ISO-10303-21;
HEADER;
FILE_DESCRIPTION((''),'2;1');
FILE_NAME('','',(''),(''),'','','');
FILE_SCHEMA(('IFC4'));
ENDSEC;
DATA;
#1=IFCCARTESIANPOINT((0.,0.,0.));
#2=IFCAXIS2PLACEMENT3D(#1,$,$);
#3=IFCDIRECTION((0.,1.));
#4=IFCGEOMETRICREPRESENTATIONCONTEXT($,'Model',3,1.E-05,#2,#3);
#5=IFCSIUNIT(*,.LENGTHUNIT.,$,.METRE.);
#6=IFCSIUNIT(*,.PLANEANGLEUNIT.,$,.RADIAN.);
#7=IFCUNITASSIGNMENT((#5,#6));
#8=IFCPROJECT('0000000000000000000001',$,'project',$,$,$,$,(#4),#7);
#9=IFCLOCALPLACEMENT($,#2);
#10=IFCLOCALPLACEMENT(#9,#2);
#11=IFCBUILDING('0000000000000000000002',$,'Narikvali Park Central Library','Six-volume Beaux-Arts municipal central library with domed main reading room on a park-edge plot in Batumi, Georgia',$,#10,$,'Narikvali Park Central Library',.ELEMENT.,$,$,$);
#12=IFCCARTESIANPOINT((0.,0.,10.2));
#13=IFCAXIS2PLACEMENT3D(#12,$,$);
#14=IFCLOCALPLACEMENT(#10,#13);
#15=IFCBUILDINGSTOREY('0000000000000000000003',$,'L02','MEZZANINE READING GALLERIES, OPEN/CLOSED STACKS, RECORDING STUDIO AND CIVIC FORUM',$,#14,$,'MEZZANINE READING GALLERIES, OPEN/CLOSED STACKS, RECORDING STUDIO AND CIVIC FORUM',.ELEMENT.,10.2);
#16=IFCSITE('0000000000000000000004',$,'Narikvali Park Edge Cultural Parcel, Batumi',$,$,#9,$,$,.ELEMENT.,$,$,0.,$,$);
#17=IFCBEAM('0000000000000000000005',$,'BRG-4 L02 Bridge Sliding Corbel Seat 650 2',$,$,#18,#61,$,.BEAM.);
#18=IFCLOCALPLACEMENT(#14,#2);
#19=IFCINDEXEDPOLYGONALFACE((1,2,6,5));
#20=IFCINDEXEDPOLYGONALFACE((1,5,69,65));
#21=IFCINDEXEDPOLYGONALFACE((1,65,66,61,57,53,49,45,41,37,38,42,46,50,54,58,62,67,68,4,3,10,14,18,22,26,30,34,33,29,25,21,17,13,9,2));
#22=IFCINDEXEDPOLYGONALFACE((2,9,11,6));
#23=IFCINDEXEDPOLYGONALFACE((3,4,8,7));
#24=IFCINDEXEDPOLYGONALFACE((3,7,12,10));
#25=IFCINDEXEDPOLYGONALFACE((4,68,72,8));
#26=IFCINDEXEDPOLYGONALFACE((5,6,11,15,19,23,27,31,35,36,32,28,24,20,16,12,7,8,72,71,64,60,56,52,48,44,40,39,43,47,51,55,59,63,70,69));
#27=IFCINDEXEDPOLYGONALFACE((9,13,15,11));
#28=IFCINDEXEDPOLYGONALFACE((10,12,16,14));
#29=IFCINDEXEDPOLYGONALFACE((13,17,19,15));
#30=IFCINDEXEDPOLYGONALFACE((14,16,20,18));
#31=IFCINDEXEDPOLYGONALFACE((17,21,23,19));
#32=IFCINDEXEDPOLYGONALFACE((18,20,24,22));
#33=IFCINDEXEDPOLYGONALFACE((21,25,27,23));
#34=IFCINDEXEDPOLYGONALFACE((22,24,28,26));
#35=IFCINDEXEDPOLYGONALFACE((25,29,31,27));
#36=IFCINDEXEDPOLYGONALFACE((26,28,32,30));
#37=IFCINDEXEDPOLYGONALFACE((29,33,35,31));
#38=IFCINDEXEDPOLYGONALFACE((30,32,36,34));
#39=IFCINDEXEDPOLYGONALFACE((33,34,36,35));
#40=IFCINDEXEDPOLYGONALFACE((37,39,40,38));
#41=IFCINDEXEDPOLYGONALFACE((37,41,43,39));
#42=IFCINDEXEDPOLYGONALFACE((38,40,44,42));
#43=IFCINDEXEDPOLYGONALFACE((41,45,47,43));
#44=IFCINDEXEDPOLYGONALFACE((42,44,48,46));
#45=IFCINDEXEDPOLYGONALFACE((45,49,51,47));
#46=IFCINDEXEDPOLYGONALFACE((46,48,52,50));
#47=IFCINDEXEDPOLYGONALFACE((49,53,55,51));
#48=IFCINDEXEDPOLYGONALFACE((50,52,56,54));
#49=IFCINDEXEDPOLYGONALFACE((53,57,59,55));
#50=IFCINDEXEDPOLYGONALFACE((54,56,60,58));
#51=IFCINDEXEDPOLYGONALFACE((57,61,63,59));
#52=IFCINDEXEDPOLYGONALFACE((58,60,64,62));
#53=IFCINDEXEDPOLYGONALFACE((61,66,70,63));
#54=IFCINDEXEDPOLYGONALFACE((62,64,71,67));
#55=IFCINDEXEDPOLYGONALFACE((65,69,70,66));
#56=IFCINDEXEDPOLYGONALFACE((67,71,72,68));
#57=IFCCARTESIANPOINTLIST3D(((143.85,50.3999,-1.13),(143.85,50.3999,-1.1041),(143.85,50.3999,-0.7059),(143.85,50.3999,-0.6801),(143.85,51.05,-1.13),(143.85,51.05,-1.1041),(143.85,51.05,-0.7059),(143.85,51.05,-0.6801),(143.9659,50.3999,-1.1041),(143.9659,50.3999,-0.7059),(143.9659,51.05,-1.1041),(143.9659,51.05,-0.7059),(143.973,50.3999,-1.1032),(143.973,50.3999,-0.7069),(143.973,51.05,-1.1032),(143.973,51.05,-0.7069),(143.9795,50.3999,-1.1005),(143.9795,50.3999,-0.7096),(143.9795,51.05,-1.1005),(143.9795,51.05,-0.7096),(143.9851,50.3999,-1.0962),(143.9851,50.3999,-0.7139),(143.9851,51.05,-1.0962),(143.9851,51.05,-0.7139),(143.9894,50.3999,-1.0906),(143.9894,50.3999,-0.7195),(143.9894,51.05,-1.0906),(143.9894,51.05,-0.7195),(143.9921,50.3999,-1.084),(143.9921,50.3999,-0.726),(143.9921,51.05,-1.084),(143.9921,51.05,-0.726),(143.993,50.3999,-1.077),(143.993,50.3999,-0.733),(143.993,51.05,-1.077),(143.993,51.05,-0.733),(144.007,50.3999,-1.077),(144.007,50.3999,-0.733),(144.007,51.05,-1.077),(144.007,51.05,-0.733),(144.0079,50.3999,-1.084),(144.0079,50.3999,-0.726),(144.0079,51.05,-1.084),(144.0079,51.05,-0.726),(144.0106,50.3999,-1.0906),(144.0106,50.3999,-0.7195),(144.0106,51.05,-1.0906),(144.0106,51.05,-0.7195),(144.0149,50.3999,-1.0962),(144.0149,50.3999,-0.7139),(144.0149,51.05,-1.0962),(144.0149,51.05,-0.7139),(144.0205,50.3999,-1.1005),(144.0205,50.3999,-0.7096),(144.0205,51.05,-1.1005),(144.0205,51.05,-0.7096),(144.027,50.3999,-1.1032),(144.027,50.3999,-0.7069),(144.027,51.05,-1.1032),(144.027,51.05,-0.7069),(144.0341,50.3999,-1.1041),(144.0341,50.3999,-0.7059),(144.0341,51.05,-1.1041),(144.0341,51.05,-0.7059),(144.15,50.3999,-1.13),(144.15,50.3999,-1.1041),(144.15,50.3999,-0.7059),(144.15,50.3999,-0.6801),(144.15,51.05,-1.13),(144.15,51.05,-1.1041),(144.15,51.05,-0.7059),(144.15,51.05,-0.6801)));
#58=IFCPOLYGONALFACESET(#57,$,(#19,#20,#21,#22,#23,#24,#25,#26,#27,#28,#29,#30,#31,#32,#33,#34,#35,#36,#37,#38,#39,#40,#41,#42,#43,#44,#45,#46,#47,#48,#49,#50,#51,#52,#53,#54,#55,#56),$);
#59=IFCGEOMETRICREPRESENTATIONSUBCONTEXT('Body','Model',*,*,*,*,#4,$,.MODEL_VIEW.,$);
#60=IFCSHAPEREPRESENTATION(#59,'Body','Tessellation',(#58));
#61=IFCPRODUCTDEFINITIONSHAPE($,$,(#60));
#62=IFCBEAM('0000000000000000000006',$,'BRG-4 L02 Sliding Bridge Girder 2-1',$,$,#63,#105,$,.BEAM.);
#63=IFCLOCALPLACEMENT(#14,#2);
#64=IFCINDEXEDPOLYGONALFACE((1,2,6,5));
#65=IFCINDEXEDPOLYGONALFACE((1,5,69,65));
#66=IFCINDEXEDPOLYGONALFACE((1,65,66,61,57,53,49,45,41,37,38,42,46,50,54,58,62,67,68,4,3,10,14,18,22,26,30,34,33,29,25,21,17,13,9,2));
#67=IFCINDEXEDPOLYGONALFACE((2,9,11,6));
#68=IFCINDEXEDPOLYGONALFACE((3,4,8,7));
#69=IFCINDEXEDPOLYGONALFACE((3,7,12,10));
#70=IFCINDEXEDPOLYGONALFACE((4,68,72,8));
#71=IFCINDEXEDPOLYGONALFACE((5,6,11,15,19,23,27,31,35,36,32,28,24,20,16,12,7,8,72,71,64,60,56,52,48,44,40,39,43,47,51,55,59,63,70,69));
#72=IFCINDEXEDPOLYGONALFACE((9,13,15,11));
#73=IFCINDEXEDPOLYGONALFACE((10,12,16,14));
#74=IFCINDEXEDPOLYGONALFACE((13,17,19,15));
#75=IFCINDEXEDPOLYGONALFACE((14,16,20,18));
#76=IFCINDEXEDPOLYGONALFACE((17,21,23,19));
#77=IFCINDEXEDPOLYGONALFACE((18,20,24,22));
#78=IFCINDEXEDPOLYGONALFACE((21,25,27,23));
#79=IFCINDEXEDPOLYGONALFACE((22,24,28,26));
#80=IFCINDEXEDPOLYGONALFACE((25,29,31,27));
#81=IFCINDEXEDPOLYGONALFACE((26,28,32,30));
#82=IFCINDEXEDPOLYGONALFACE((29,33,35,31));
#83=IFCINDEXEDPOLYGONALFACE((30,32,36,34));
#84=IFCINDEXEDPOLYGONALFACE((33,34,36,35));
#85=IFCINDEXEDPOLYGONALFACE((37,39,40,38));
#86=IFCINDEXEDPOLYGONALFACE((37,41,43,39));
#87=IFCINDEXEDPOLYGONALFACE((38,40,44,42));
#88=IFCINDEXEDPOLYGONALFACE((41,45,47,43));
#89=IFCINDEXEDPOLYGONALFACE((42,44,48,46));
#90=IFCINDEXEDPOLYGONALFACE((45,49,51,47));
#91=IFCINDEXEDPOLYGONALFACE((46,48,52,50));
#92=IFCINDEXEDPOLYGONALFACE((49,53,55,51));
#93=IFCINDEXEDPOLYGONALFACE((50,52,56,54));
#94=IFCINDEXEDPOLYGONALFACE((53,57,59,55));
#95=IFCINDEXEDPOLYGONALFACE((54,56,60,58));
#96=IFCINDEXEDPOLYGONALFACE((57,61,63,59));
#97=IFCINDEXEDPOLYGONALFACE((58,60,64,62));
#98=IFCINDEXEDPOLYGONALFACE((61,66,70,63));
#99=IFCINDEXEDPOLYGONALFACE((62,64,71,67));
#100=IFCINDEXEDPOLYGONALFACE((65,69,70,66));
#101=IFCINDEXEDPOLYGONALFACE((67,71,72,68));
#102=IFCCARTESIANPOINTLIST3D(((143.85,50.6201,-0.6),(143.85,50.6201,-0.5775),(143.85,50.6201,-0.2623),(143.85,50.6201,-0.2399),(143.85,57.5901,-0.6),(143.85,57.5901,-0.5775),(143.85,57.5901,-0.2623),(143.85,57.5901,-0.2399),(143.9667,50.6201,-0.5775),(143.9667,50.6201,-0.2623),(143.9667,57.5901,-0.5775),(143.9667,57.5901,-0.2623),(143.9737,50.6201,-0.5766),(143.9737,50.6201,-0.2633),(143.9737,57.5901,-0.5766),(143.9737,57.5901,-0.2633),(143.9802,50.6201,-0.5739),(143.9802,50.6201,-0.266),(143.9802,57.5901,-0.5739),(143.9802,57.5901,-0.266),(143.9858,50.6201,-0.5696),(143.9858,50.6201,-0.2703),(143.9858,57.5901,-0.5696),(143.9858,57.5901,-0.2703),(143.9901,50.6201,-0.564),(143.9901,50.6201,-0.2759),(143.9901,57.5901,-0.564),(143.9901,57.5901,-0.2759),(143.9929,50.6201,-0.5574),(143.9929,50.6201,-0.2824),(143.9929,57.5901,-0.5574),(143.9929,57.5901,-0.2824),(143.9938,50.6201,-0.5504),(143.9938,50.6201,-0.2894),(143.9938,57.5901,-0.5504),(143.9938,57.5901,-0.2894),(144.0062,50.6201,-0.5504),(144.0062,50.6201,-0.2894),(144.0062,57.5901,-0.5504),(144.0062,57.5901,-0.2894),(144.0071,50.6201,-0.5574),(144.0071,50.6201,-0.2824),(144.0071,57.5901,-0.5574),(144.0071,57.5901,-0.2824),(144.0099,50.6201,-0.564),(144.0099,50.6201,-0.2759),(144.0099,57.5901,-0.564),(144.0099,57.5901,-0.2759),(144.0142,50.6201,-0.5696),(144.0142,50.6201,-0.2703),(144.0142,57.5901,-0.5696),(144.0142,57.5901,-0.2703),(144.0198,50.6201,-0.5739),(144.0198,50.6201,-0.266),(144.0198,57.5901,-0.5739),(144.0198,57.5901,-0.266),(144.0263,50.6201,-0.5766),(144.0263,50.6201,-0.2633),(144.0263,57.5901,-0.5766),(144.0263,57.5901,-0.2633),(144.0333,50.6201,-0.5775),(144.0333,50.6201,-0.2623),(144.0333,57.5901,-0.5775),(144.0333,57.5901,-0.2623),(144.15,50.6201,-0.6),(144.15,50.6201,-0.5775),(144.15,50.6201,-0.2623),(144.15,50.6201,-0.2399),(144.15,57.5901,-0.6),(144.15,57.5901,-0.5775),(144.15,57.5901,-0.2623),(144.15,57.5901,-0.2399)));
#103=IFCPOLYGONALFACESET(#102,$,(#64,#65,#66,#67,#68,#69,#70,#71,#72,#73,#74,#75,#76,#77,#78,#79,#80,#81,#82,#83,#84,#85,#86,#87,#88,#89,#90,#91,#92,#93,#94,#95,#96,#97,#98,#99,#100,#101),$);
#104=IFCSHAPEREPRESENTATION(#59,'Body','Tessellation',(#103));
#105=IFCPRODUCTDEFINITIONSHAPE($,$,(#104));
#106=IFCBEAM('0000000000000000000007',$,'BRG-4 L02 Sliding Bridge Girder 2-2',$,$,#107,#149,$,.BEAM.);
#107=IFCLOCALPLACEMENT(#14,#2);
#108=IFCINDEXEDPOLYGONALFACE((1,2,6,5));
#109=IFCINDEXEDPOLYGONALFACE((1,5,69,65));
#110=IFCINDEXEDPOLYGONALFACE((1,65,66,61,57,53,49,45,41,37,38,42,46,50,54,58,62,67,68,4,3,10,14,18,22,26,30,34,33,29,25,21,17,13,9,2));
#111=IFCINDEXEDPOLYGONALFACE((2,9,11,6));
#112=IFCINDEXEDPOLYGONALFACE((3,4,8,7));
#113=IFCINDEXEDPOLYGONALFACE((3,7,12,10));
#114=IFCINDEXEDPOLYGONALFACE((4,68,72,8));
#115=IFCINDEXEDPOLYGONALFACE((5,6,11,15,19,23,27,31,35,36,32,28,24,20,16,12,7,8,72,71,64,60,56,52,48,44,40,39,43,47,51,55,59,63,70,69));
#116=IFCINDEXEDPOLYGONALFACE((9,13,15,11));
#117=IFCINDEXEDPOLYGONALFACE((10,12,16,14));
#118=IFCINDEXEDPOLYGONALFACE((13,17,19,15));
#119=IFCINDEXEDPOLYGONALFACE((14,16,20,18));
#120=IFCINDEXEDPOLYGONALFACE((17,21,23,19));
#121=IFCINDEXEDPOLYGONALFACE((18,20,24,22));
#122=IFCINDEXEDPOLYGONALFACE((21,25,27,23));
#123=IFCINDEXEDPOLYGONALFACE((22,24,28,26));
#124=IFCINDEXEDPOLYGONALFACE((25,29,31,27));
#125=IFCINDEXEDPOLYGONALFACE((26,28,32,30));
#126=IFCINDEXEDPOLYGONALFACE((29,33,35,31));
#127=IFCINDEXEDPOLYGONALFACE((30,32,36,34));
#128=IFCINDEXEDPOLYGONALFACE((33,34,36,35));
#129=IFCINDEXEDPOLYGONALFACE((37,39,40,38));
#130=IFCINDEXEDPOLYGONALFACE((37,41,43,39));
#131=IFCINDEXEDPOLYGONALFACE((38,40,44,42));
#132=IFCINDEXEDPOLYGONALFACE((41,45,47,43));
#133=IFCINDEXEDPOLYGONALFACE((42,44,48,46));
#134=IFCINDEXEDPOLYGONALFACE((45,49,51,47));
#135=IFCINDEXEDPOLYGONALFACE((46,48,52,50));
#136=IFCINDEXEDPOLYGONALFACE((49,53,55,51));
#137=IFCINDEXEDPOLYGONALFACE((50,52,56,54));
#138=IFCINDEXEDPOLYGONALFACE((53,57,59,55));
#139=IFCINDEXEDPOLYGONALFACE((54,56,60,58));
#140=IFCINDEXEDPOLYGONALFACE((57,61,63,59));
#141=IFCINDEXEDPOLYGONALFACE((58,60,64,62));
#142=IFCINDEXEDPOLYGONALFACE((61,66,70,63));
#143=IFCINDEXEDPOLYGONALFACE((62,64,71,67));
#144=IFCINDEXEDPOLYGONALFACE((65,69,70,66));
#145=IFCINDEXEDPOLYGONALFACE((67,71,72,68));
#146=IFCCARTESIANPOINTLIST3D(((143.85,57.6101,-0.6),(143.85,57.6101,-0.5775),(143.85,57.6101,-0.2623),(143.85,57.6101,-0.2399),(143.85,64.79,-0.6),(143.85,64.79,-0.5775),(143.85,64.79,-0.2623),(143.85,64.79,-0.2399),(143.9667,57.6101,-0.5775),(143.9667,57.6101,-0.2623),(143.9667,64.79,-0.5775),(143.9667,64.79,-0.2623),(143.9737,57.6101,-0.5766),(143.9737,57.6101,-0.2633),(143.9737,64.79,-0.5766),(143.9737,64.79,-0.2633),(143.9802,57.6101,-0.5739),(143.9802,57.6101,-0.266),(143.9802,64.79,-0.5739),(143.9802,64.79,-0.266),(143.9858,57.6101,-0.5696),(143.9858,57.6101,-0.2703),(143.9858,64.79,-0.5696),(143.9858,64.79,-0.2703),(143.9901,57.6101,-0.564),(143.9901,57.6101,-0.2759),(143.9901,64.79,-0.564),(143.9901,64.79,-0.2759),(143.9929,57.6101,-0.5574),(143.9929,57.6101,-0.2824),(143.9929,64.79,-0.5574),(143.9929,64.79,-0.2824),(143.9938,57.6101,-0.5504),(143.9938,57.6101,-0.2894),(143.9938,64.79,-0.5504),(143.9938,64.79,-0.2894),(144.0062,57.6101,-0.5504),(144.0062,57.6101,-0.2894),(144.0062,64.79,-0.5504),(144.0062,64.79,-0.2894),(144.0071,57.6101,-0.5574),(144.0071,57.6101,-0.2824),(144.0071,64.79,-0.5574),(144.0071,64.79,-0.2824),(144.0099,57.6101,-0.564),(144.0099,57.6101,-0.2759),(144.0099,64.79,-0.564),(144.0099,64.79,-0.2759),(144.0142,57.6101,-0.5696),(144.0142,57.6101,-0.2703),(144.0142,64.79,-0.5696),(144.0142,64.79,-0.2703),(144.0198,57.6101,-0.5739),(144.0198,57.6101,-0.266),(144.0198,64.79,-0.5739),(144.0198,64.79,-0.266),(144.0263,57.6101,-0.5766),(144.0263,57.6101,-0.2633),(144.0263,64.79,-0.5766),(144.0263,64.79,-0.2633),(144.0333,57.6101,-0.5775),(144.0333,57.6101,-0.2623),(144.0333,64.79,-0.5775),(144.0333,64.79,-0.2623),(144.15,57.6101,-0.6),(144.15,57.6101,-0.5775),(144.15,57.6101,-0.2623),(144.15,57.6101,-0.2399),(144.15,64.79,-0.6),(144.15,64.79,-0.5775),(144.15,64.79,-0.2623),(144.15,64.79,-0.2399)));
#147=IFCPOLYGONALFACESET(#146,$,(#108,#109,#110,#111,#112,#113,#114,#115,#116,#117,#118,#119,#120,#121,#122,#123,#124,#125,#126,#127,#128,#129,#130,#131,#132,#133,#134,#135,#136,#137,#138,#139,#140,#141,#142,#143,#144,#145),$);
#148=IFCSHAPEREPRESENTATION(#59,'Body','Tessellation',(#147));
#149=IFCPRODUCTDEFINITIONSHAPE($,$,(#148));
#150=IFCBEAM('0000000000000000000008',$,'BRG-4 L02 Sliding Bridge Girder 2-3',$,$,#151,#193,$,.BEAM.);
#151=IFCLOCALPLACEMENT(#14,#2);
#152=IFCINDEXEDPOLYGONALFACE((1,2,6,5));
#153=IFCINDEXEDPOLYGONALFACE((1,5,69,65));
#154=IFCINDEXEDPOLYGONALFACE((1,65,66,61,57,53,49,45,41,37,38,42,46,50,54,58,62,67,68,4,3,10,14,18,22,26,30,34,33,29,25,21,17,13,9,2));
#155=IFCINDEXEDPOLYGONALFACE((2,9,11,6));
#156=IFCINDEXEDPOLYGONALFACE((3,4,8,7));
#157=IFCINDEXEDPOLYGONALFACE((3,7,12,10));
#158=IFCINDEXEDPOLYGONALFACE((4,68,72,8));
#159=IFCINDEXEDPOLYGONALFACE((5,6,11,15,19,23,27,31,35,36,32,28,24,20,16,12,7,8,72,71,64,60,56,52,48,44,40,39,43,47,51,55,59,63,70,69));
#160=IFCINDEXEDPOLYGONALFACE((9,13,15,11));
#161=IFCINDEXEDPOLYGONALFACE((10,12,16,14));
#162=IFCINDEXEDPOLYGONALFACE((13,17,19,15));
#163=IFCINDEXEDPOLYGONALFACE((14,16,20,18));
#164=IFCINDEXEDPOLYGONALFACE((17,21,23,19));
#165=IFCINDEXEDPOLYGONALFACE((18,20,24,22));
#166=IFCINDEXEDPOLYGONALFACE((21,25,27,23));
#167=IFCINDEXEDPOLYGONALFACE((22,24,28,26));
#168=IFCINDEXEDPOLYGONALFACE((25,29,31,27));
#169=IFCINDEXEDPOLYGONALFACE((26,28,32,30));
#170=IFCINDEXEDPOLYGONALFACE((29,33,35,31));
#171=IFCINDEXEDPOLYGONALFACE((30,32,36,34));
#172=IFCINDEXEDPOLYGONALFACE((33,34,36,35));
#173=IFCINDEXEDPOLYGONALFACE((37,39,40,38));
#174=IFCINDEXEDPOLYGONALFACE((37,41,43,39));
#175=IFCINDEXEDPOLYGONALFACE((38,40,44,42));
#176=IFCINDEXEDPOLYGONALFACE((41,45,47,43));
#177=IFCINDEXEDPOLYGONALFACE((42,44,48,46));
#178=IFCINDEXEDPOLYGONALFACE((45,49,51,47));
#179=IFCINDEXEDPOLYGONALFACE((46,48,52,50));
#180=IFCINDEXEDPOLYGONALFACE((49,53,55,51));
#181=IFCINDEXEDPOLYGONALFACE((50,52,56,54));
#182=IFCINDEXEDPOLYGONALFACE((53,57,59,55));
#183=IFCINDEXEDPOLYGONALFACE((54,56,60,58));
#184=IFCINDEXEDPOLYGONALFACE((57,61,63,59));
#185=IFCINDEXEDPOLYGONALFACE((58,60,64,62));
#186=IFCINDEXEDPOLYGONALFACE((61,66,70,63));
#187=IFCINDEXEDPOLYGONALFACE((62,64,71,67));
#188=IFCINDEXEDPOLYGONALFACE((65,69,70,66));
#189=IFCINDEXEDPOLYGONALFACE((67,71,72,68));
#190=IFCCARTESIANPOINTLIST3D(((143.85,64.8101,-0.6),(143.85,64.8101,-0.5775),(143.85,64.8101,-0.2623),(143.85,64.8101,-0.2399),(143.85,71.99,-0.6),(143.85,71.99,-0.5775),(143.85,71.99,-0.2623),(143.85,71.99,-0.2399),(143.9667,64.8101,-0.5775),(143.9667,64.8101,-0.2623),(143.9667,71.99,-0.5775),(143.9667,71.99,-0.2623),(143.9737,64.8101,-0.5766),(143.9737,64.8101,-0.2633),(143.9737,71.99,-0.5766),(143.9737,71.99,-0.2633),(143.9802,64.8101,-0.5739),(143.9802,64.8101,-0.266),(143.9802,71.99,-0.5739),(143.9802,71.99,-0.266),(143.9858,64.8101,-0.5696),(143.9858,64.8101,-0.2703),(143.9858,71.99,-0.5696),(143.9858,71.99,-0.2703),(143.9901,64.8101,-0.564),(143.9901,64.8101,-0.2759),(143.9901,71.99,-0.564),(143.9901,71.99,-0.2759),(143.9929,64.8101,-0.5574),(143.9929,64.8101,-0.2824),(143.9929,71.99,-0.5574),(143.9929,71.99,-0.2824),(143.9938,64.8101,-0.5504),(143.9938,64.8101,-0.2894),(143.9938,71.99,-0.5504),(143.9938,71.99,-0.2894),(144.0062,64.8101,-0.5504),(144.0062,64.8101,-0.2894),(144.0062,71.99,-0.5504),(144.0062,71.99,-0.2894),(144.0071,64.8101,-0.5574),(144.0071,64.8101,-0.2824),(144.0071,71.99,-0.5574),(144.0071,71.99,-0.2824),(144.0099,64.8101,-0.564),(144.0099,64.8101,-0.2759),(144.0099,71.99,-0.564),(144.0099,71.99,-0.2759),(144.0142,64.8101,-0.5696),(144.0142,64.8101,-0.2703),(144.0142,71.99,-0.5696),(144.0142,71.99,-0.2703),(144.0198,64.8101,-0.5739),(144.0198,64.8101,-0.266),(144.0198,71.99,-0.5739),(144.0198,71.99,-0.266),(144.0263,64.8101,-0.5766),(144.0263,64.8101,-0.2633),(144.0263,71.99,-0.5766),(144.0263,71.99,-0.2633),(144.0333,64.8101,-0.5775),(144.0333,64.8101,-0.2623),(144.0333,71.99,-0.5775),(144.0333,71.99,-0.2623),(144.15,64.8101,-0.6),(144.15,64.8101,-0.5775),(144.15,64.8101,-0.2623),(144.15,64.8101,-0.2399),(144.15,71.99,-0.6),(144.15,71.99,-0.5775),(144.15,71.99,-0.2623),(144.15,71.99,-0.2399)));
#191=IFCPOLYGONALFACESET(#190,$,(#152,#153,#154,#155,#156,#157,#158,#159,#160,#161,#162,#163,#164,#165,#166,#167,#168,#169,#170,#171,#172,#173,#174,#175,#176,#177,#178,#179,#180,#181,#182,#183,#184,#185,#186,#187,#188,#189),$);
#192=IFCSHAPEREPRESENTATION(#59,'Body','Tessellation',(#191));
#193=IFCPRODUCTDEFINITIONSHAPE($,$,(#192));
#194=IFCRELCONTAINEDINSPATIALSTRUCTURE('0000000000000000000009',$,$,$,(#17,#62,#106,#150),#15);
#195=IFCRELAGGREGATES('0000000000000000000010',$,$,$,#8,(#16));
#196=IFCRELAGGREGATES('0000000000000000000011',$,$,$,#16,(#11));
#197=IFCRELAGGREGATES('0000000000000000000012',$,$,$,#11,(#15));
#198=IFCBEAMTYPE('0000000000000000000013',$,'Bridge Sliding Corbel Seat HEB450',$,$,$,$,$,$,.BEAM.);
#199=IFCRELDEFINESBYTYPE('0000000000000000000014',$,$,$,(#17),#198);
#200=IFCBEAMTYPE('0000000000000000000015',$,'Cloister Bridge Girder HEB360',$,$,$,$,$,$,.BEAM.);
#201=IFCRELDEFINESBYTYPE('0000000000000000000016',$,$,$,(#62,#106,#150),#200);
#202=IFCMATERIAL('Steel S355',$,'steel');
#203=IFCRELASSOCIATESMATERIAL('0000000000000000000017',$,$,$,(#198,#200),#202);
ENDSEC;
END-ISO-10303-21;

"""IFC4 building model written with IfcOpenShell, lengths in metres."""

from ifc_helpers import new_model, si_unit, direction, frame, origin, origin_2d, place, context, subcontext, project, spatial, i_section, extrude, material, material_profile, profile_set, type_object, element, save


model = new_model("IFC4")

# Units and contexts
model_context = context("Model", 3, precision=1e-05, world=origin(), true_north=direction((0.0, 1.0)))
body_context = subcontext(model_context, "Body", "Model", "MODEL_VIEW")
ifc_project = project(units=[si_unit("LENGTHUNIT", "METRE"), si_unit("PLANEANGLEUNIT", "RADIAN")], contexts=[model_context])

# Site, building, storey
site_placement = place(None, origin())
site = spatial("IfcSite", under=ifc_project, at=site_placement, Name="Narikvali Park Edge Cultural Parcel, Batumi", CompositionType="ELEMENT", RefElevation=0.0)
building_placement = place(site_placement, origin())
building = spatial("IfcBuilding", under=site, at=building_placement, Name="Narikvali Park Central Library", Description="Six-volume Beaux-Arts municipal central library with domed main reading room on a park-edge plot in Batumi, Georgia", LongName="Narikvali Park Central Library", CompositionType="ELEMENT")
storey_placement = place(building_placement, frame((0.0, 0.0, 10.2)))
storey = spatial("IfcBuildingStorey", under=building, at=storey_placement, Name="L02", Description="MEZZANINE READING GALLERIES, OPEN/CLOSED STACKS, RECORDING STUDIO AND CIVIC FORUM", LongName="MEZZANINE READING GALLERIES, OPEN/CLOSED STACKS, RECORDING STUDIO AND CIVIC FORUM", CompositionType="ELEMENT", Elevation=10.2)

# Beams
ifc_material_1 = material(Name="Steel S355", Category="steel")
ifc_material_profile_1 = material_profile(ifc_material_1, i_section(OverallWidth=0.3, OverallDepth=0.45, WebThickness=0.0139, FlangeThickness=0.0259, FilletRadius=0.0271, at=origin_2d()), Name="HEB 450")
ifc_profile_set_1 = profile_set([ifc_material_profile_1], Name="Steel S355")
beam_type_1 = type_object("IfcBeamType", Name="Bridge Sliding Corbel Seat HEB450", PredefinedType="BEAM", material=ifc_profile_set_1)
beam_1_placement = place(storey_placement, frame((144.0, 50.3999, -0.905), z_axis=(0.0, 1.0, 0.0), x_axis=(-1.0, 0.0, 0.0)))
element("IfcBeam", 1, at=beam_1_placement, inside=storey, type_object=beam_type_1, Name="BRG-4 L02 Bridge Sliding Corbel Seat 650 2", PredefinedType="BEAM", context=body_context, shape_type="SweptSolid", body=[
    extrude(i_section(OverallWidth=0.3, OverallDepth=0.45, WebThickness=0.0139, FlangeThickness=0.0259, FilletRadius=0.0271, at=origin_2d()), origin(), (0.0, 0.0, 1.0), 0.6501),
])
ifc_material_profile_2 = material_profile(ifc_material_1, i_section(OverallWidth=0.3, OverallDepth=0.3601, WebThickness=0.0125, FlangeThickness=0.0225, FilletRadius=0.0271, at=origin_2d()), Name="HEB 360")
ifc_profile_set_2 = profile_set([ifc_material_profile_2], Name="Steel S355")
beam_type_2 = type_object("IfcBeamType", Name="Cloister Bridge Girder HEB360", PredefinedType="BEAM", material=ifc_profile_set_2)
beam_2_placement = place(storey_placement, frame((144.0, 50.6201, -0.4199), z_axis=(0.0, 1.0, 0.0), x_axis=(-1.0, 0.0, 0.0)))
element("IfcBeam", 2, at=beam_2_placement, inside=storey, type_object=beam_type_2, Name="BRG-4 L02 Sliding Bridge Girder 2-1", PredefinedType="BEAM", context=body_context, shape_type="SweptSolid", body=[
    extrude(i_section(OverallWidth=0.3, OverallDepth=0.3601, WebThickness=0.0125, FlangeThickness=0.0225, FilletRadius=0.0271, at=origin_2d()), origin(), (0.0, 0.0, 1.0), 6.97),
])
for number, where, z_axis, x_axis, name in (
    (3, (144.0, 57.6101, -0.4199), (0.0, 1.0, 0.0), (-1.0, 0.0, 0.0), "BRG-4 L02 Sliding Bridge Girder 2-2"),
    (4, (144.0, 64.8101, -0.4199), (0.0, 1.0, 0.0), (-1.0, 0.0, 0.0), "BRG-4 L02 Sliding Bridge Girder 2-3"),
):
    element("IfcBeam", number, at=place(storey_placement, frame(where, z_axis=z_axis, x_axis=x_axis)), inside=storey, type_object=beam_type_2, Name=name, PredefinedType="BEAM", context=body_context, shape_type="SweptSolid", body=[
        extrude(i_section(OverallWidth=0.3, OverallDepth=0.3601, WebThickness=0.0125, FlangeThickness=0.0225, FilletRadius=0.0271, at=origin_2d()), origin(), (0.0, 0.0, 1.0), 7.1799),
    ])

save(model, "model.ifc")
